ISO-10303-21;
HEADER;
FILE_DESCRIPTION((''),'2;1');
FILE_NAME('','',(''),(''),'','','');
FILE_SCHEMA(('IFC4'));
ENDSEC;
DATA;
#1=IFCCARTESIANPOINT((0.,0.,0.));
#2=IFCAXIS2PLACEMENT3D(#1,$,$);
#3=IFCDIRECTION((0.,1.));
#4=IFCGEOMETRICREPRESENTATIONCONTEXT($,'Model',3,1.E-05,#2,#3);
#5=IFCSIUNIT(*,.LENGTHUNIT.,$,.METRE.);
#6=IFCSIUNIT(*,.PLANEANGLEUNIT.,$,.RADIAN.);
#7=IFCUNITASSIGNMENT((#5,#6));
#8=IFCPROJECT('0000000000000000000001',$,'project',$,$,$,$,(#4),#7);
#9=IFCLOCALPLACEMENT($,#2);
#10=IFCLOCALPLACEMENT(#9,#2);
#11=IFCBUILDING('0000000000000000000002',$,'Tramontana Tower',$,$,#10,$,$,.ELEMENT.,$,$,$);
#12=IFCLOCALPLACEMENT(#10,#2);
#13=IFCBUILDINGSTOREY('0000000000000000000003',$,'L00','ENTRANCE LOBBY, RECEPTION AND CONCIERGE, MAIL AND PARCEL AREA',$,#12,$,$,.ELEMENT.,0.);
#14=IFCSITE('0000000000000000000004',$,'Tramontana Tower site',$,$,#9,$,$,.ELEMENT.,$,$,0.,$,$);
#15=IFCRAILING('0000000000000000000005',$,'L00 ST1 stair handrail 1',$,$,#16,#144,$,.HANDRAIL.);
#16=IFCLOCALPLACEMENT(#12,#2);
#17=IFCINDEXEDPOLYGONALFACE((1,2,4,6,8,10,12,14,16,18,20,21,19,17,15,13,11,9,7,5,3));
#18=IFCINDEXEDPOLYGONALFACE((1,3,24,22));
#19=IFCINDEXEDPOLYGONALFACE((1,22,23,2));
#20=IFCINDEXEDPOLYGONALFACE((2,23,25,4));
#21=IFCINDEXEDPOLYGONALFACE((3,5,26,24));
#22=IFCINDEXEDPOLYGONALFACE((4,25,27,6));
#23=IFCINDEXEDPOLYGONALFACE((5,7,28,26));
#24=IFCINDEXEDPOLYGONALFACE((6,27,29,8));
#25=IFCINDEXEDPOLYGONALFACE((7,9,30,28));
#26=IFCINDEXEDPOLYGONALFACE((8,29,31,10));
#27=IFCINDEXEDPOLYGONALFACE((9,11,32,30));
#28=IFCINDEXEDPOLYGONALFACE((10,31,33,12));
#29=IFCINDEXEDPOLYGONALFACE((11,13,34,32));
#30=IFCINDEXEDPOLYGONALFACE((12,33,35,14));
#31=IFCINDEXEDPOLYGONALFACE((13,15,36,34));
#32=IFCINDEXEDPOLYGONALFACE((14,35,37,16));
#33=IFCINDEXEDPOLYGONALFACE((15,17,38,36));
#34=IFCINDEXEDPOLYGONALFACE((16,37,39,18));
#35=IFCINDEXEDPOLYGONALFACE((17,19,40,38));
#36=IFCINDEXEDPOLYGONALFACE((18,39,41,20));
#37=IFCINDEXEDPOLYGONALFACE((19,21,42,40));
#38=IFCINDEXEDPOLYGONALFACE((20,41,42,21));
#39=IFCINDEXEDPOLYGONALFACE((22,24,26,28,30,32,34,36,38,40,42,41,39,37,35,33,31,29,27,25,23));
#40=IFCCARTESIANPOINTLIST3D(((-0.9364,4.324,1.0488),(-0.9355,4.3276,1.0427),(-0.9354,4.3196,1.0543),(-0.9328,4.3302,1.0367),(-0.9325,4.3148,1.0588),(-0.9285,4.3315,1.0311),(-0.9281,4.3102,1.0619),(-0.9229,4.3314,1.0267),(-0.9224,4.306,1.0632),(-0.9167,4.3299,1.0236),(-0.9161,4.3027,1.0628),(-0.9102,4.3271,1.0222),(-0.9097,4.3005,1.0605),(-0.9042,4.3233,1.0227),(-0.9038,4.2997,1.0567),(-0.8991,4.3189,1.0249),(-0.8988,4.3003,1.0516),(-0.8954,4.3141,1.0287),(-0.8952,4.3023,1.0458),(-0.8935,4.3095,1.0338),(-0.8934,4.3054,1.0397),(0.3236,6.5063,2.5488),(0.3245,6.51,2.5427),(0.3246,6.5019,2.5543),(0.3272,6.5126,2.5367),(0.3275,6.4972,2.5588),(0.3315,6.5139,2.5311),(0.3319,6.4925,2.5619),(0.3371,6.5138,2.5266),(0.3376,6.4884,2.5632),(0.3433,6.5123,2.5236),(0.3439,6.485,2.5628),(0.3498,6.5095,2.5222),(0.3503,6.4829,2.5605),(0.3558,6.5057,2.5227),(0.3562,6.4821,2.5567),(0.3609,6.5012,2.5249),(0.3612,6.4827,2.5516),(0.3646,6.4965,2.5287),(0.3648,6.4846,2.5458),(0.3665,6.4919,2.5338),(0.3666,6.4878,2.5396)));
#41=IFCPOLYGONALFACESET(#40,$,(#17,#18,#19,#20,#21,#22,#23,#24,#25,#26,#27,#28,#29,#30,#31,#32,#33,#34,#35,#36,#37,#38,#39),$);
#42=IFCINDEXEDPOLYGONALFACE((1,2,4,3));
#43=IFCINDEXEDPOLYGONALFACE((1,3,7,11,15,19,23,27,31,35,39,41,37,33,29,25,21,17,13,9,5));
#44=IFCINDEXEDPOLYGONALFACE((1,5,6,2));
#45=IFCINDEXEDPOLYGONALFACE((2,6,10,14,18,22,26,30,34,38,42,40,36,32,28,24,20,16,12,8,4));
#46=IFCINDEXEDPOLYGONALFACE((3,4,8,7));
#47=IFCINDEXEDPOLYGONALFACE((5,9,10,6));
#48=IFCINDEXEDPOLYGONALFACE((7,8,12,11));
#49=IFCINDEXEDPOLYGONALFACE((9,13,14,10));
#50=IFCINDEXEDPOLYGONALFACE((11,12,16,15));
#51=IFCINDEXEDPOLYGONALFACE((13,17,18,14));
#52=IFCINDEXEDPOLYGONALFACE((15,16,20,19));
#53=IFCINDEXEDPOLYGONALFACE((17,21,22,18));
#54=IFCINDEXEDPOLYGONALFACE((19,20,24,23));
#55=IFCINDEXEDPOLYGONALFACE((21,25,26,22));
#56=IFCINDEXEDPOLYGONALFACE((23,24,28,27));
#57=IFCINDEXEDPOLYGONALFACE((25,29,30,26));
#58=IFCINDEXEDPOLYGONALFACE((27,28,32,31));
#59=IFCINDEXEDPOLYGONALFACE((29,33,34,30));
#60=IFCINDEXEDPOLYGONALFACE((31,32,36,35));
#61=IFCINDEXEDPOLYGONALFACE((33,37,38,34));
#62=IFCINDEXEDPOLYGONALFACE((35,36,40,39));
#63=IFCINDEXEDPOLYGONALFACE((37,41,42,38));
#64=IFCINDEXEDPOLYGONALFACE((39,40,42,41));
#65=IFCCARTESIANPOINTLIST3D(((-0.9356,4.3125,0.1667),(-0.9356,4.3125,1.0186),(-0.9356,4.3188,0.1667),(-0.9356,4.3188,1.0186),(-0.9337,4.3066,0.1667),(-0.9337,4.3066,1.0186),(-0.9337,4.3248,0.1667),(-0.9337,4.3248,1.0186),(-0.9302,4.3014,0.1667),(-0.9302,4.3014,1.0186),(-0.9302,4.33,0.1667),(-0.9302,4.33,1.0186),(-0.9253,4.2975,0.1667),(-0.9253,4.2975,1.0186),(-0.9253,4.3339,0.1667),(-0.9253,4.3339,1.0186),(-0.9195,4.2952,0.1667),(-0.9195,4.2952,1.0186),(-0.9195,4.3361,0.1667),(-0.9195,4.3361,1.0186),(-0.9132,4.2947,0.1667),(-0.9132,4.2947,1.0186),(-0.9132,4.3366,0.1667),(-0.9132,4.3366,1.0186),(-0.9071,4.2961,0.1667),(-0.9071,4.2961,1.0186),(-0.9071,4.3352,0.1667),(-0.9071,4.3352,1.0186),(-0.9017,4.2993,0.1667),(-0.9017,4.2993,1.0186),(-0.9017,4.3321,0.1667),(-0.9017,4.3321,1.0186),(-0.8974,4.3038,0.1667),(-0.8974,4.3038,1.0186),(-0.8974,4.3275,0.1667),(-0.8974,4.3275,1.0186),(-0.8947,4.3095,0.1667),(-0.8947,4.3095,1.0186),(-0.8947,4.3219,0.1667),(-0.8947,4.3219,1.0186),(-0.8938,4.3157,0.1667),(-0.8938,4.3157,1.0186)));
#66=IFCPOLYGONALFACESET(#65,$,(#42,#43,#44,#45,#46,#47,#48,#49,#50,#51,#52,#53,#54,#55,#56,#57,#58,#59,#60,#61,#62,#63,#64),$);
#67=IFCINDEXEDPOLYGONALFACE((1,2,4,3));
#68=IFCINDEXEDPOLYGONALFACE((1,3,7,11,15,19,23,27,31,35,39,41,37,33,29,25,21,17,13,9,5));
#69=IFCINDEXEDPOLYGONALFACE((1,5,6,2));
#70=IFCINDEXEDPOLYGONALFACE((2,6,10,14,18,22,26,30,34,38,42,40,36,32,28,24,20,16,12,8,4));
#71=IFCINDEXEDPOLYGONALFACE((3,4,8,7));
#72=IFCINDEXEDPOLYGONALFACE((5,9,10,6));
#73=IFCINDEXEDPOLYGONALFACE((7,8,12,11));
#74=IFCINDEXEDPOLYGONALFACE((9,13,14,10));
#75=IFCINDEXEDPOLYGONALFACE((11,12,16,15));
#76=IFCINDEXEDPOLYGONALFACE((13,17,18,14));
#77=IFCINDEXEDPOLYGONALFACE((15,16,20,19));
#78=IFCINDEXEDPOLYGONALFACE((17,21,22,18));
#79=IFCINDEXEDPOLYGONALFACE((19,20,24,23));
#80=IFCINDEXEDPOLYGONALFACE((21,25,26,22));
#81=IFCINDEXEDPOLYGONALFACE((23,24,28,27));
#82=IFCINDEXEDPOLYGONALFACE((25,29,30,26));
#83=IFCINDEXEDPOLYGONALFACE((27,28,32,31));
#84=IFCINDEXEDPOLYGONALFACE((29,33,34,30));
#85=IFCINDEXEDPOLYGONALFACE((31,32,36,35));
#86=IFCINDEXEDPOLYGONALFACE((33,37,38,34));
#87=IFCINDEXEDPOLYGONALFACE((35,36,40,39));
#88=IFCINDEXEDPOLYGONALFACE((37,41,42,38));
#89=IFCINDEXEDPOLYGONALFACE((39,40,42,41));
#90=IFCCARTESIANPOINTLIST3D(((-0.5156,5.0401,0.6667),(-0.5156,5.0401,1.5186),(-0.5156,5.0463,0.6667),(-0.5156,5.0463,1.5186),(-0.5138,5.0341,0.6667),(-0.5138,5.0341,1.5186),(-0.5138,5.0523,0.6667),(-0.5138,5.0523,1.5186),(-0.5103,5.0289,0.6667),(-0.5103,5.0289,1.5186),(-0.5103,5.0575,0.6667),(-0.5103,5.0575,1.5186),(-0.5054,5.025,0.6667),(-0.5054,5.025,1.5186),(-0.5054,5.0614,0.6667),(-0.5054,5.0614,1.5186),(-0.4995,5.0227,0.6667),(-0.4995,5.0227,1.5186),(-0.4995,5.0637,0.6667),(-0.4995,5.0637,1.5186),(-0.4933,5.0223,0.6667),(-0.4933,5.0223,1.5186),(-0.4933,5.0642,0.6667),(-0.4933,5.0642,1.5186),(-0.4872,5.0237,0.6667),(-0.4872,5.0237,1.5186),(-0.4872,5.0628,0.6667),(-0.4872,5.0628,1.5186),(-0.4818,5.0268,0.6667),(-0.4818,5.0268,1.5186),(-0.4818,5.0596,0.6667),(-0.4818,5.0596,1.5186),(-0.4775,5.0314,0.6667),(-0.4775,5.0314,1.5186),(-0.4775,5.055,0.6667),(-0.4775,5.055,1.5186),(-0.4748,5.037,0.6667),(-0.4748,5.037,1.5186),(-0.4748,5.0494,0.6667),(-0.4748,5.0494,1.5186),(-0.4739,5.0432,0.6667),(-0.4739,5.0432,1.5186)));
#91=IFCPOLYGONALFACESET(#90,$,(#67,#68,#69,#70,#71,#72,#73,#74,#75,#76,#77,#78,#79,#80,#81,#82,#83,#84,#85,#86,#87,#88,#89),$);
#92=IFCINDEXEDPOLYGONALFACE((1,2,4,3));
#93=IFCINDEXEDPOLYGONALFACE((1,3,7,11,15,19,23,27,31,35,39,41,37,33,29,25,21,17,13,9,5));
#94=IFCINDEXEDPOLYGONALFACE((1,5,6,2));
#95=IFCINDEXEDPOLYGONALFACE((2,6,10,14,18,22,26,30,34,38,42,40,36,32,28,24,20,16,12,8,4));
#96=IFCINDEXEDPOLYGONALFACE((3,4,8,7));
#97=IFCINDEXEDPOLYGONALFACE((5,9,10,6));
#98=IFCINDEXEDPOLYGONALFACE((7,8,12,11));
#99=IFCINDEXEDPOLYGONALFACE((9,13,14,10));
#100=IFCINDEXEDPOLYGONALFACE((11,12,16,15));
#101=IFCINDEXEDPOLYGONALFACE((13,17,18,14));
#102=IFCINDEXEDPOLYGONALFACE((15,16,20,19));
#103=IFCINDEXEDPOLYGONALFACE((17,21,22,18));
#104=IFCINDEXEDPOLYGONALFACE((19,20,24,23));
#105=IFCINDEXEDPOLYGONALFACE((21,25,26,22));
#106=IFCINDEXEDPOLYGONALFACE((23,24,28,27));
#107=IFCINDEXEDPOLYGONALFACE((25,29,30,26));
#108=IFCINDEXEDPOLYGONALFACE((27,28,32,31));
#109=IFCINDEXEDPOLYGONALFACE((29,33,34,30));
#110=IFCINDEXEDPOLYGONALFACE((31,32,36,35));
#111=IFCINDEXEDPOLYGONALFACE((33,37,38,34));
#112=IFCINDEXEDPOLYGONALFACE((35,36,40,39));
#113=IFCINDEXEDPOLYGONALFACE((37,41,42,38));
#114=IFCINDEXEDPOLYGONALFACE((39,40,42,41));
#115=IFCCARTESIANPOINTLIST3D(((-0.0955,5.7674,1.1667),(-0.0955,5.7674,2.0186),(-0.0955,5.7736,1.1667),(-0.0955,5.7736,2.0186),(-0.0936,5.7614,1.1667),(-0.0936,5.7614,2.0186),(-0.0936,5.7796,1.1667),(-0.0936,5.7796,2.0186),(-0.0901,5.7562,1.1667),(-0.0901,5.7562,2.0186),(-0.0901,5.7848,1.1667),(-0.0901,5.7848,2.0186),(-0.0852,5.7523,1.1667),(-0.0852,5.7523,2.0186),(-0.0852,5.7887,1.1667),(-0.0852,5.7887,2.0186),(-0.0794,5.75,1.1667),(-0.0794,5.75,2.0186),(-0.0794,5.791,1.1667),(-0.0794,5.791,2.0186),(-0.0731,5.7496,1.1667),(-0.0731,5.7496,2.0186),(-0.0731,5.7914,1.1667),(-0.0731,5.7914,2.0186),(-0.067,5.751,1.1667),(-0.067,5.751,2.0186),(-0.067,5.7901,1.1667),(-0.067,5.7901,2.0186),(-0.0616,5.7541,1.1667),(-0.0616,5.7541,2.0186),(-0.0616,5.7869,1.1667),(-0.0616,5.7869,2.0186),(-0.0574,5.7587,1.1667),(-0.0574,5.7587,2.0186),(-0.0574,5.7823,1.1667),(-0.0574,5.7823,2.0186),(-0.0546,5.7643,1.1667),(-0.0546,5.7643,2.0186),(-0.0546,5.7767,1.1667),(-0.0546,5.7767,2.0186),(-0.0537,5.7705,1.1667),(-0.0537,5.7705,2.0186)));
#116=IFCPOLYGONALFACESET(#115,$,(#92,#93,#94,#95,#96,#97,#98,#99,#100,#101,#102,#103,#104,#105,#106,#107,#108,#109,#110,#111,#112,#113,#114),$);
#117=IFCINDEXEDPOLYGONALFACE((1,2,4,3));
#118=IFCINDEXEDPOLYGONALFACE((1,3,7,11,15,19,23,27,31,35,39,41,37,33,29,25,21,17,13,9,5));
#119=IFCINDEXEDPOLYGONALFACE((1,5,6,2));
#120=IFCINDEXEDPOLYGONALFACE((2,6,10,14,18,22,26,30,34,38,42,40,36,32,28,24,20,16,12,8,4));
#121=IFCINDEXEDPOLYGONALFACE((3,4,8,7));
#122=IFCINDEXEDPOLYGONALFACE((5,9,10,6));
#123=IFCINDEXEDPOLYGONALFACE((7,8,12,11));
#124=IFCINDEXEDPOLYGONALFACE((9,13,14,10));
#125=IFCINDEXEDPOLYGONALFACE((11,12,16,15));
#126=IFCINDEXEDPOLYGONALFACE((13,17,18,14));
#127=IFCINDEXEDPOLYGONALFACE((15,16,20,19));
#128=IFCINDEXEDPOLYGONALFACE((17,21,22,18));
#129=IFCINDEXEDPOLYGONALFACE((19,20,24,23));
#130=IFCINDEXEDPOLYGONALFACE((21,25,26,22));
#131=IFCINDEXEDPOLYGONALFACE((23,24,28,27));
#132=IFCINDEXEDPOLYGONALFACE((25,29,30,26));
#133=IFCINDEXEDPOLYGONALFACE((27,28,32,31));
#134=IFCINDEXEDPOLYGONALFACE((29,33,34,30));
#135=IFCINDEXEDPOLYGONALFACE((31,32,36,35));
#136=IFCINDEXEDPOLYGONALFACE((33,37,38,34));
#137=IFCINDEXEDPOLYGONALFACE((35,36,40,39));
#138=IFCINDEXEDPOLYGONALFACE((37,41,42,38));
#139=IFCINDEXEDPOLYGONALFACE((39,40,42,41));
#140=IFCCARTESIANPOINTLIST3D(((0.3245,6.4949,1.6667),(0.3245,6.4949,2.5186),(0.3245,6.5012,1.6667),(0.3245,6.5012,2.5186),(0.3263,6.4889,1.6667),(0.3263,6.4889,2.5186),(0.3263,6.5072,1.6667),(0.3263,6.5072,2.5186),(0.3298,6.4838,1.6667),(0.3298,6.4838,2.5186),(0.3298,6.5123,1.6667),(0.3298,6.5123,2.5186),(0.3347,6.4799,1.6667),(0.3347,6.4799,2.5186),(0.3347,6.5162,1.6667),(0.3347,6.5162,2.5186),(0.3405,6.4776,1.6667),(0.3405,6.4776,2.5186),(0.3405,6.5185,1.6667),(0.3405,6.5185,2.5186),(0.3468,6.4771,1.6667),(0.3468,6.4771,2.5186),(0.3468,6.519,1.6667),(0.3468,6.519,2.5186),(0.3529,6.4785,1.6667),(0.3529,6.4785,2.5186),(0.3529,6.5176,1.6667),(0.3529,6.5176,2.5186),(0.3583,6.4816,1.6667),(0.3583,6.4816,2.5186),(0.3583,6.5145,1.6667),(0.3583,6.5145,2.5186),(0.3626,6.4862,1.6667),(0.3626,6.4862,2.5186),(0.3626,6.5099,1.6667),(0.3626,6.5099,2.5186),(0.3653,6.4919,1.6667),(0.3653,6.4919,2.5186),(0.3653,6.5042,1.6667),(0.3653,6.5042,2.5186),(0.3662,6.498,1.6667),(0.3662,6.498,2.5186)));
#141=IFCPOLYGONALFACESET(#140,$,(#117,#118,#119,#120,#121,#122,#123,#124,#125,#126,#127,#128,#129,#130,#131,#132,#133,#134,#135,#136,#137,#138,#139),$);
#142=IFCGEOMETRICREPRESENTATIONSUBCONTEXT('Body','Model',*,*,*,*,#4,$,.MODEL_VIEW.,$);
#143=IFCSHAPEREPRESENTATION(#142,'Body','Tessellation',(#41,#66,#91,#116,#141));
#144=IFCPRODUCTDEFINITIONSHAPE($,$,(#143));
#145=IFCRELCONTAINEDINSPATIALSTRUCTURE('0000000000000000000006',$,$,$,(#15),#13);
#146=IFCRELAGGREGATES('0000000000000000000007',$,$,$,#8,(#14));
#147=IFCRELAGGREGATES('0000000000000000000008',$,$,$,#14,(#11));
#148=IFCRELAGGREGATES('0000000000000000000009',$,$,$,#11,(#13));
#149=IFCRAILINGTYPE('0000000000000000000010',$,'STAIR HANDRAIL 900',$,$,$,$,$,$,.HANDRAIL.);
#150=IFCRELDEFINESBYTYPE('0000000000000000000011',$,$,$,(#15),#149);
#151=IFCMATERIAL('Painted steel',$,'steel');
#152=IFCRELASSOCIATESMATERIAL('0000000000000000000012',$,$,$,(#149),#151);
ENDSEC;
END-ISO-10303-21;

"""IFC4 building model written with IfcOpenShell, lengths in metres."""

from ifc_helpers import new_model, si_unit, direction, frame, origin, origin_2d, place, context, subcontext, project, spatial, circle, extrude, material, type_object, element, save


model = new_model("IFC4")

# Units and contexts
model_context = context("Model", 3, precision=1e-05, world=origin(), true_north=direction((0.0, 1.0)))
body_context = subcontext(model_context, "Body", "Model", "MODEL_VIEW")
ifc_project = project(units=[si_unit("LENGTHUNIT", "METRE"), si_unit("PLANEANGLEUNIT", "RADIAN")], contexts=[model_context])

# Site, building, storey
site_placement = place(None, origin())
site = spatial("IfcSite", under=ifc_project, at=site_placement, Name="Tramontana Tower site", CompositionType="ELEMENT", RefElevation=0.0)
building_placement = place(site_placement, origin())
building = spatial("IfcBuilding", under=site, at=building_placement, Name="Tramontana Tower", CompositionType="ELEMENT")
storey_placement = place(building_placement, origin())
storey = spatial("IfcBuildingStorey", under=building, at=storey_placement, Name="L00", Description="ENTRANCE LOBBY, RECEPTION AND CONCIERGE, MAIL AND PARCEL AREA", CompositionType="ELEMENT", Elevation=0.0)

# Railing
ifc_material_1 = material(Name="Painted steel", Category="steel")
railing_type_1 = type_object("IfcRailingType", Name="STAIR HANDRAIL 900", PredefinedType="HANDRAIL", material=ifc_material_1)
for number, where, name in (
    (1, (-0.9148, 4.3157, 0.1667), "L00 ST1 stair handrail 1"),
):
    element("IfcRailing", number, at=place(storey_placement, frame(where)), inside=storey, type_object=railing_type_1, Name=name, PredefinedType="HANDRAIL", context=body_context, shape_type="SweptSolid", body=[
        extrude(circle(Radius=0.0239, at=origin_2d()), frame((0.0, 0.0, 0.876), z_axis=(0.42965, 0.744167, 0.511485), x_axis=(-0.866023, 0.500005, 0.0)), (0.0, 0.0, 1.0), 2.9326),
        extrude(circle(Radius=0.021, at=origin_2d()), origin(), (0.0, 0.0, 1.0), 0.8518),
        extrude(circle(Radius=0.021, at=origin_2d()), frame((0.4199, 0.7275, 0.5)), (0.0, 0.0, 1.0), 0.8518),
        extrude(circle(Radius=0.021, at=origin_2d()), frame((0.8401, 1.4548, 1.0)), (0.0, 0.0, 1.0), 0.8518),
        extrude(circle(Radius=0.021, at=origin_2d()), frame((1.26, 2.1824, 1.5)), (0.0, 0.0, 1.0), 0.8518),
    ])

save(model, "model.ifc")
